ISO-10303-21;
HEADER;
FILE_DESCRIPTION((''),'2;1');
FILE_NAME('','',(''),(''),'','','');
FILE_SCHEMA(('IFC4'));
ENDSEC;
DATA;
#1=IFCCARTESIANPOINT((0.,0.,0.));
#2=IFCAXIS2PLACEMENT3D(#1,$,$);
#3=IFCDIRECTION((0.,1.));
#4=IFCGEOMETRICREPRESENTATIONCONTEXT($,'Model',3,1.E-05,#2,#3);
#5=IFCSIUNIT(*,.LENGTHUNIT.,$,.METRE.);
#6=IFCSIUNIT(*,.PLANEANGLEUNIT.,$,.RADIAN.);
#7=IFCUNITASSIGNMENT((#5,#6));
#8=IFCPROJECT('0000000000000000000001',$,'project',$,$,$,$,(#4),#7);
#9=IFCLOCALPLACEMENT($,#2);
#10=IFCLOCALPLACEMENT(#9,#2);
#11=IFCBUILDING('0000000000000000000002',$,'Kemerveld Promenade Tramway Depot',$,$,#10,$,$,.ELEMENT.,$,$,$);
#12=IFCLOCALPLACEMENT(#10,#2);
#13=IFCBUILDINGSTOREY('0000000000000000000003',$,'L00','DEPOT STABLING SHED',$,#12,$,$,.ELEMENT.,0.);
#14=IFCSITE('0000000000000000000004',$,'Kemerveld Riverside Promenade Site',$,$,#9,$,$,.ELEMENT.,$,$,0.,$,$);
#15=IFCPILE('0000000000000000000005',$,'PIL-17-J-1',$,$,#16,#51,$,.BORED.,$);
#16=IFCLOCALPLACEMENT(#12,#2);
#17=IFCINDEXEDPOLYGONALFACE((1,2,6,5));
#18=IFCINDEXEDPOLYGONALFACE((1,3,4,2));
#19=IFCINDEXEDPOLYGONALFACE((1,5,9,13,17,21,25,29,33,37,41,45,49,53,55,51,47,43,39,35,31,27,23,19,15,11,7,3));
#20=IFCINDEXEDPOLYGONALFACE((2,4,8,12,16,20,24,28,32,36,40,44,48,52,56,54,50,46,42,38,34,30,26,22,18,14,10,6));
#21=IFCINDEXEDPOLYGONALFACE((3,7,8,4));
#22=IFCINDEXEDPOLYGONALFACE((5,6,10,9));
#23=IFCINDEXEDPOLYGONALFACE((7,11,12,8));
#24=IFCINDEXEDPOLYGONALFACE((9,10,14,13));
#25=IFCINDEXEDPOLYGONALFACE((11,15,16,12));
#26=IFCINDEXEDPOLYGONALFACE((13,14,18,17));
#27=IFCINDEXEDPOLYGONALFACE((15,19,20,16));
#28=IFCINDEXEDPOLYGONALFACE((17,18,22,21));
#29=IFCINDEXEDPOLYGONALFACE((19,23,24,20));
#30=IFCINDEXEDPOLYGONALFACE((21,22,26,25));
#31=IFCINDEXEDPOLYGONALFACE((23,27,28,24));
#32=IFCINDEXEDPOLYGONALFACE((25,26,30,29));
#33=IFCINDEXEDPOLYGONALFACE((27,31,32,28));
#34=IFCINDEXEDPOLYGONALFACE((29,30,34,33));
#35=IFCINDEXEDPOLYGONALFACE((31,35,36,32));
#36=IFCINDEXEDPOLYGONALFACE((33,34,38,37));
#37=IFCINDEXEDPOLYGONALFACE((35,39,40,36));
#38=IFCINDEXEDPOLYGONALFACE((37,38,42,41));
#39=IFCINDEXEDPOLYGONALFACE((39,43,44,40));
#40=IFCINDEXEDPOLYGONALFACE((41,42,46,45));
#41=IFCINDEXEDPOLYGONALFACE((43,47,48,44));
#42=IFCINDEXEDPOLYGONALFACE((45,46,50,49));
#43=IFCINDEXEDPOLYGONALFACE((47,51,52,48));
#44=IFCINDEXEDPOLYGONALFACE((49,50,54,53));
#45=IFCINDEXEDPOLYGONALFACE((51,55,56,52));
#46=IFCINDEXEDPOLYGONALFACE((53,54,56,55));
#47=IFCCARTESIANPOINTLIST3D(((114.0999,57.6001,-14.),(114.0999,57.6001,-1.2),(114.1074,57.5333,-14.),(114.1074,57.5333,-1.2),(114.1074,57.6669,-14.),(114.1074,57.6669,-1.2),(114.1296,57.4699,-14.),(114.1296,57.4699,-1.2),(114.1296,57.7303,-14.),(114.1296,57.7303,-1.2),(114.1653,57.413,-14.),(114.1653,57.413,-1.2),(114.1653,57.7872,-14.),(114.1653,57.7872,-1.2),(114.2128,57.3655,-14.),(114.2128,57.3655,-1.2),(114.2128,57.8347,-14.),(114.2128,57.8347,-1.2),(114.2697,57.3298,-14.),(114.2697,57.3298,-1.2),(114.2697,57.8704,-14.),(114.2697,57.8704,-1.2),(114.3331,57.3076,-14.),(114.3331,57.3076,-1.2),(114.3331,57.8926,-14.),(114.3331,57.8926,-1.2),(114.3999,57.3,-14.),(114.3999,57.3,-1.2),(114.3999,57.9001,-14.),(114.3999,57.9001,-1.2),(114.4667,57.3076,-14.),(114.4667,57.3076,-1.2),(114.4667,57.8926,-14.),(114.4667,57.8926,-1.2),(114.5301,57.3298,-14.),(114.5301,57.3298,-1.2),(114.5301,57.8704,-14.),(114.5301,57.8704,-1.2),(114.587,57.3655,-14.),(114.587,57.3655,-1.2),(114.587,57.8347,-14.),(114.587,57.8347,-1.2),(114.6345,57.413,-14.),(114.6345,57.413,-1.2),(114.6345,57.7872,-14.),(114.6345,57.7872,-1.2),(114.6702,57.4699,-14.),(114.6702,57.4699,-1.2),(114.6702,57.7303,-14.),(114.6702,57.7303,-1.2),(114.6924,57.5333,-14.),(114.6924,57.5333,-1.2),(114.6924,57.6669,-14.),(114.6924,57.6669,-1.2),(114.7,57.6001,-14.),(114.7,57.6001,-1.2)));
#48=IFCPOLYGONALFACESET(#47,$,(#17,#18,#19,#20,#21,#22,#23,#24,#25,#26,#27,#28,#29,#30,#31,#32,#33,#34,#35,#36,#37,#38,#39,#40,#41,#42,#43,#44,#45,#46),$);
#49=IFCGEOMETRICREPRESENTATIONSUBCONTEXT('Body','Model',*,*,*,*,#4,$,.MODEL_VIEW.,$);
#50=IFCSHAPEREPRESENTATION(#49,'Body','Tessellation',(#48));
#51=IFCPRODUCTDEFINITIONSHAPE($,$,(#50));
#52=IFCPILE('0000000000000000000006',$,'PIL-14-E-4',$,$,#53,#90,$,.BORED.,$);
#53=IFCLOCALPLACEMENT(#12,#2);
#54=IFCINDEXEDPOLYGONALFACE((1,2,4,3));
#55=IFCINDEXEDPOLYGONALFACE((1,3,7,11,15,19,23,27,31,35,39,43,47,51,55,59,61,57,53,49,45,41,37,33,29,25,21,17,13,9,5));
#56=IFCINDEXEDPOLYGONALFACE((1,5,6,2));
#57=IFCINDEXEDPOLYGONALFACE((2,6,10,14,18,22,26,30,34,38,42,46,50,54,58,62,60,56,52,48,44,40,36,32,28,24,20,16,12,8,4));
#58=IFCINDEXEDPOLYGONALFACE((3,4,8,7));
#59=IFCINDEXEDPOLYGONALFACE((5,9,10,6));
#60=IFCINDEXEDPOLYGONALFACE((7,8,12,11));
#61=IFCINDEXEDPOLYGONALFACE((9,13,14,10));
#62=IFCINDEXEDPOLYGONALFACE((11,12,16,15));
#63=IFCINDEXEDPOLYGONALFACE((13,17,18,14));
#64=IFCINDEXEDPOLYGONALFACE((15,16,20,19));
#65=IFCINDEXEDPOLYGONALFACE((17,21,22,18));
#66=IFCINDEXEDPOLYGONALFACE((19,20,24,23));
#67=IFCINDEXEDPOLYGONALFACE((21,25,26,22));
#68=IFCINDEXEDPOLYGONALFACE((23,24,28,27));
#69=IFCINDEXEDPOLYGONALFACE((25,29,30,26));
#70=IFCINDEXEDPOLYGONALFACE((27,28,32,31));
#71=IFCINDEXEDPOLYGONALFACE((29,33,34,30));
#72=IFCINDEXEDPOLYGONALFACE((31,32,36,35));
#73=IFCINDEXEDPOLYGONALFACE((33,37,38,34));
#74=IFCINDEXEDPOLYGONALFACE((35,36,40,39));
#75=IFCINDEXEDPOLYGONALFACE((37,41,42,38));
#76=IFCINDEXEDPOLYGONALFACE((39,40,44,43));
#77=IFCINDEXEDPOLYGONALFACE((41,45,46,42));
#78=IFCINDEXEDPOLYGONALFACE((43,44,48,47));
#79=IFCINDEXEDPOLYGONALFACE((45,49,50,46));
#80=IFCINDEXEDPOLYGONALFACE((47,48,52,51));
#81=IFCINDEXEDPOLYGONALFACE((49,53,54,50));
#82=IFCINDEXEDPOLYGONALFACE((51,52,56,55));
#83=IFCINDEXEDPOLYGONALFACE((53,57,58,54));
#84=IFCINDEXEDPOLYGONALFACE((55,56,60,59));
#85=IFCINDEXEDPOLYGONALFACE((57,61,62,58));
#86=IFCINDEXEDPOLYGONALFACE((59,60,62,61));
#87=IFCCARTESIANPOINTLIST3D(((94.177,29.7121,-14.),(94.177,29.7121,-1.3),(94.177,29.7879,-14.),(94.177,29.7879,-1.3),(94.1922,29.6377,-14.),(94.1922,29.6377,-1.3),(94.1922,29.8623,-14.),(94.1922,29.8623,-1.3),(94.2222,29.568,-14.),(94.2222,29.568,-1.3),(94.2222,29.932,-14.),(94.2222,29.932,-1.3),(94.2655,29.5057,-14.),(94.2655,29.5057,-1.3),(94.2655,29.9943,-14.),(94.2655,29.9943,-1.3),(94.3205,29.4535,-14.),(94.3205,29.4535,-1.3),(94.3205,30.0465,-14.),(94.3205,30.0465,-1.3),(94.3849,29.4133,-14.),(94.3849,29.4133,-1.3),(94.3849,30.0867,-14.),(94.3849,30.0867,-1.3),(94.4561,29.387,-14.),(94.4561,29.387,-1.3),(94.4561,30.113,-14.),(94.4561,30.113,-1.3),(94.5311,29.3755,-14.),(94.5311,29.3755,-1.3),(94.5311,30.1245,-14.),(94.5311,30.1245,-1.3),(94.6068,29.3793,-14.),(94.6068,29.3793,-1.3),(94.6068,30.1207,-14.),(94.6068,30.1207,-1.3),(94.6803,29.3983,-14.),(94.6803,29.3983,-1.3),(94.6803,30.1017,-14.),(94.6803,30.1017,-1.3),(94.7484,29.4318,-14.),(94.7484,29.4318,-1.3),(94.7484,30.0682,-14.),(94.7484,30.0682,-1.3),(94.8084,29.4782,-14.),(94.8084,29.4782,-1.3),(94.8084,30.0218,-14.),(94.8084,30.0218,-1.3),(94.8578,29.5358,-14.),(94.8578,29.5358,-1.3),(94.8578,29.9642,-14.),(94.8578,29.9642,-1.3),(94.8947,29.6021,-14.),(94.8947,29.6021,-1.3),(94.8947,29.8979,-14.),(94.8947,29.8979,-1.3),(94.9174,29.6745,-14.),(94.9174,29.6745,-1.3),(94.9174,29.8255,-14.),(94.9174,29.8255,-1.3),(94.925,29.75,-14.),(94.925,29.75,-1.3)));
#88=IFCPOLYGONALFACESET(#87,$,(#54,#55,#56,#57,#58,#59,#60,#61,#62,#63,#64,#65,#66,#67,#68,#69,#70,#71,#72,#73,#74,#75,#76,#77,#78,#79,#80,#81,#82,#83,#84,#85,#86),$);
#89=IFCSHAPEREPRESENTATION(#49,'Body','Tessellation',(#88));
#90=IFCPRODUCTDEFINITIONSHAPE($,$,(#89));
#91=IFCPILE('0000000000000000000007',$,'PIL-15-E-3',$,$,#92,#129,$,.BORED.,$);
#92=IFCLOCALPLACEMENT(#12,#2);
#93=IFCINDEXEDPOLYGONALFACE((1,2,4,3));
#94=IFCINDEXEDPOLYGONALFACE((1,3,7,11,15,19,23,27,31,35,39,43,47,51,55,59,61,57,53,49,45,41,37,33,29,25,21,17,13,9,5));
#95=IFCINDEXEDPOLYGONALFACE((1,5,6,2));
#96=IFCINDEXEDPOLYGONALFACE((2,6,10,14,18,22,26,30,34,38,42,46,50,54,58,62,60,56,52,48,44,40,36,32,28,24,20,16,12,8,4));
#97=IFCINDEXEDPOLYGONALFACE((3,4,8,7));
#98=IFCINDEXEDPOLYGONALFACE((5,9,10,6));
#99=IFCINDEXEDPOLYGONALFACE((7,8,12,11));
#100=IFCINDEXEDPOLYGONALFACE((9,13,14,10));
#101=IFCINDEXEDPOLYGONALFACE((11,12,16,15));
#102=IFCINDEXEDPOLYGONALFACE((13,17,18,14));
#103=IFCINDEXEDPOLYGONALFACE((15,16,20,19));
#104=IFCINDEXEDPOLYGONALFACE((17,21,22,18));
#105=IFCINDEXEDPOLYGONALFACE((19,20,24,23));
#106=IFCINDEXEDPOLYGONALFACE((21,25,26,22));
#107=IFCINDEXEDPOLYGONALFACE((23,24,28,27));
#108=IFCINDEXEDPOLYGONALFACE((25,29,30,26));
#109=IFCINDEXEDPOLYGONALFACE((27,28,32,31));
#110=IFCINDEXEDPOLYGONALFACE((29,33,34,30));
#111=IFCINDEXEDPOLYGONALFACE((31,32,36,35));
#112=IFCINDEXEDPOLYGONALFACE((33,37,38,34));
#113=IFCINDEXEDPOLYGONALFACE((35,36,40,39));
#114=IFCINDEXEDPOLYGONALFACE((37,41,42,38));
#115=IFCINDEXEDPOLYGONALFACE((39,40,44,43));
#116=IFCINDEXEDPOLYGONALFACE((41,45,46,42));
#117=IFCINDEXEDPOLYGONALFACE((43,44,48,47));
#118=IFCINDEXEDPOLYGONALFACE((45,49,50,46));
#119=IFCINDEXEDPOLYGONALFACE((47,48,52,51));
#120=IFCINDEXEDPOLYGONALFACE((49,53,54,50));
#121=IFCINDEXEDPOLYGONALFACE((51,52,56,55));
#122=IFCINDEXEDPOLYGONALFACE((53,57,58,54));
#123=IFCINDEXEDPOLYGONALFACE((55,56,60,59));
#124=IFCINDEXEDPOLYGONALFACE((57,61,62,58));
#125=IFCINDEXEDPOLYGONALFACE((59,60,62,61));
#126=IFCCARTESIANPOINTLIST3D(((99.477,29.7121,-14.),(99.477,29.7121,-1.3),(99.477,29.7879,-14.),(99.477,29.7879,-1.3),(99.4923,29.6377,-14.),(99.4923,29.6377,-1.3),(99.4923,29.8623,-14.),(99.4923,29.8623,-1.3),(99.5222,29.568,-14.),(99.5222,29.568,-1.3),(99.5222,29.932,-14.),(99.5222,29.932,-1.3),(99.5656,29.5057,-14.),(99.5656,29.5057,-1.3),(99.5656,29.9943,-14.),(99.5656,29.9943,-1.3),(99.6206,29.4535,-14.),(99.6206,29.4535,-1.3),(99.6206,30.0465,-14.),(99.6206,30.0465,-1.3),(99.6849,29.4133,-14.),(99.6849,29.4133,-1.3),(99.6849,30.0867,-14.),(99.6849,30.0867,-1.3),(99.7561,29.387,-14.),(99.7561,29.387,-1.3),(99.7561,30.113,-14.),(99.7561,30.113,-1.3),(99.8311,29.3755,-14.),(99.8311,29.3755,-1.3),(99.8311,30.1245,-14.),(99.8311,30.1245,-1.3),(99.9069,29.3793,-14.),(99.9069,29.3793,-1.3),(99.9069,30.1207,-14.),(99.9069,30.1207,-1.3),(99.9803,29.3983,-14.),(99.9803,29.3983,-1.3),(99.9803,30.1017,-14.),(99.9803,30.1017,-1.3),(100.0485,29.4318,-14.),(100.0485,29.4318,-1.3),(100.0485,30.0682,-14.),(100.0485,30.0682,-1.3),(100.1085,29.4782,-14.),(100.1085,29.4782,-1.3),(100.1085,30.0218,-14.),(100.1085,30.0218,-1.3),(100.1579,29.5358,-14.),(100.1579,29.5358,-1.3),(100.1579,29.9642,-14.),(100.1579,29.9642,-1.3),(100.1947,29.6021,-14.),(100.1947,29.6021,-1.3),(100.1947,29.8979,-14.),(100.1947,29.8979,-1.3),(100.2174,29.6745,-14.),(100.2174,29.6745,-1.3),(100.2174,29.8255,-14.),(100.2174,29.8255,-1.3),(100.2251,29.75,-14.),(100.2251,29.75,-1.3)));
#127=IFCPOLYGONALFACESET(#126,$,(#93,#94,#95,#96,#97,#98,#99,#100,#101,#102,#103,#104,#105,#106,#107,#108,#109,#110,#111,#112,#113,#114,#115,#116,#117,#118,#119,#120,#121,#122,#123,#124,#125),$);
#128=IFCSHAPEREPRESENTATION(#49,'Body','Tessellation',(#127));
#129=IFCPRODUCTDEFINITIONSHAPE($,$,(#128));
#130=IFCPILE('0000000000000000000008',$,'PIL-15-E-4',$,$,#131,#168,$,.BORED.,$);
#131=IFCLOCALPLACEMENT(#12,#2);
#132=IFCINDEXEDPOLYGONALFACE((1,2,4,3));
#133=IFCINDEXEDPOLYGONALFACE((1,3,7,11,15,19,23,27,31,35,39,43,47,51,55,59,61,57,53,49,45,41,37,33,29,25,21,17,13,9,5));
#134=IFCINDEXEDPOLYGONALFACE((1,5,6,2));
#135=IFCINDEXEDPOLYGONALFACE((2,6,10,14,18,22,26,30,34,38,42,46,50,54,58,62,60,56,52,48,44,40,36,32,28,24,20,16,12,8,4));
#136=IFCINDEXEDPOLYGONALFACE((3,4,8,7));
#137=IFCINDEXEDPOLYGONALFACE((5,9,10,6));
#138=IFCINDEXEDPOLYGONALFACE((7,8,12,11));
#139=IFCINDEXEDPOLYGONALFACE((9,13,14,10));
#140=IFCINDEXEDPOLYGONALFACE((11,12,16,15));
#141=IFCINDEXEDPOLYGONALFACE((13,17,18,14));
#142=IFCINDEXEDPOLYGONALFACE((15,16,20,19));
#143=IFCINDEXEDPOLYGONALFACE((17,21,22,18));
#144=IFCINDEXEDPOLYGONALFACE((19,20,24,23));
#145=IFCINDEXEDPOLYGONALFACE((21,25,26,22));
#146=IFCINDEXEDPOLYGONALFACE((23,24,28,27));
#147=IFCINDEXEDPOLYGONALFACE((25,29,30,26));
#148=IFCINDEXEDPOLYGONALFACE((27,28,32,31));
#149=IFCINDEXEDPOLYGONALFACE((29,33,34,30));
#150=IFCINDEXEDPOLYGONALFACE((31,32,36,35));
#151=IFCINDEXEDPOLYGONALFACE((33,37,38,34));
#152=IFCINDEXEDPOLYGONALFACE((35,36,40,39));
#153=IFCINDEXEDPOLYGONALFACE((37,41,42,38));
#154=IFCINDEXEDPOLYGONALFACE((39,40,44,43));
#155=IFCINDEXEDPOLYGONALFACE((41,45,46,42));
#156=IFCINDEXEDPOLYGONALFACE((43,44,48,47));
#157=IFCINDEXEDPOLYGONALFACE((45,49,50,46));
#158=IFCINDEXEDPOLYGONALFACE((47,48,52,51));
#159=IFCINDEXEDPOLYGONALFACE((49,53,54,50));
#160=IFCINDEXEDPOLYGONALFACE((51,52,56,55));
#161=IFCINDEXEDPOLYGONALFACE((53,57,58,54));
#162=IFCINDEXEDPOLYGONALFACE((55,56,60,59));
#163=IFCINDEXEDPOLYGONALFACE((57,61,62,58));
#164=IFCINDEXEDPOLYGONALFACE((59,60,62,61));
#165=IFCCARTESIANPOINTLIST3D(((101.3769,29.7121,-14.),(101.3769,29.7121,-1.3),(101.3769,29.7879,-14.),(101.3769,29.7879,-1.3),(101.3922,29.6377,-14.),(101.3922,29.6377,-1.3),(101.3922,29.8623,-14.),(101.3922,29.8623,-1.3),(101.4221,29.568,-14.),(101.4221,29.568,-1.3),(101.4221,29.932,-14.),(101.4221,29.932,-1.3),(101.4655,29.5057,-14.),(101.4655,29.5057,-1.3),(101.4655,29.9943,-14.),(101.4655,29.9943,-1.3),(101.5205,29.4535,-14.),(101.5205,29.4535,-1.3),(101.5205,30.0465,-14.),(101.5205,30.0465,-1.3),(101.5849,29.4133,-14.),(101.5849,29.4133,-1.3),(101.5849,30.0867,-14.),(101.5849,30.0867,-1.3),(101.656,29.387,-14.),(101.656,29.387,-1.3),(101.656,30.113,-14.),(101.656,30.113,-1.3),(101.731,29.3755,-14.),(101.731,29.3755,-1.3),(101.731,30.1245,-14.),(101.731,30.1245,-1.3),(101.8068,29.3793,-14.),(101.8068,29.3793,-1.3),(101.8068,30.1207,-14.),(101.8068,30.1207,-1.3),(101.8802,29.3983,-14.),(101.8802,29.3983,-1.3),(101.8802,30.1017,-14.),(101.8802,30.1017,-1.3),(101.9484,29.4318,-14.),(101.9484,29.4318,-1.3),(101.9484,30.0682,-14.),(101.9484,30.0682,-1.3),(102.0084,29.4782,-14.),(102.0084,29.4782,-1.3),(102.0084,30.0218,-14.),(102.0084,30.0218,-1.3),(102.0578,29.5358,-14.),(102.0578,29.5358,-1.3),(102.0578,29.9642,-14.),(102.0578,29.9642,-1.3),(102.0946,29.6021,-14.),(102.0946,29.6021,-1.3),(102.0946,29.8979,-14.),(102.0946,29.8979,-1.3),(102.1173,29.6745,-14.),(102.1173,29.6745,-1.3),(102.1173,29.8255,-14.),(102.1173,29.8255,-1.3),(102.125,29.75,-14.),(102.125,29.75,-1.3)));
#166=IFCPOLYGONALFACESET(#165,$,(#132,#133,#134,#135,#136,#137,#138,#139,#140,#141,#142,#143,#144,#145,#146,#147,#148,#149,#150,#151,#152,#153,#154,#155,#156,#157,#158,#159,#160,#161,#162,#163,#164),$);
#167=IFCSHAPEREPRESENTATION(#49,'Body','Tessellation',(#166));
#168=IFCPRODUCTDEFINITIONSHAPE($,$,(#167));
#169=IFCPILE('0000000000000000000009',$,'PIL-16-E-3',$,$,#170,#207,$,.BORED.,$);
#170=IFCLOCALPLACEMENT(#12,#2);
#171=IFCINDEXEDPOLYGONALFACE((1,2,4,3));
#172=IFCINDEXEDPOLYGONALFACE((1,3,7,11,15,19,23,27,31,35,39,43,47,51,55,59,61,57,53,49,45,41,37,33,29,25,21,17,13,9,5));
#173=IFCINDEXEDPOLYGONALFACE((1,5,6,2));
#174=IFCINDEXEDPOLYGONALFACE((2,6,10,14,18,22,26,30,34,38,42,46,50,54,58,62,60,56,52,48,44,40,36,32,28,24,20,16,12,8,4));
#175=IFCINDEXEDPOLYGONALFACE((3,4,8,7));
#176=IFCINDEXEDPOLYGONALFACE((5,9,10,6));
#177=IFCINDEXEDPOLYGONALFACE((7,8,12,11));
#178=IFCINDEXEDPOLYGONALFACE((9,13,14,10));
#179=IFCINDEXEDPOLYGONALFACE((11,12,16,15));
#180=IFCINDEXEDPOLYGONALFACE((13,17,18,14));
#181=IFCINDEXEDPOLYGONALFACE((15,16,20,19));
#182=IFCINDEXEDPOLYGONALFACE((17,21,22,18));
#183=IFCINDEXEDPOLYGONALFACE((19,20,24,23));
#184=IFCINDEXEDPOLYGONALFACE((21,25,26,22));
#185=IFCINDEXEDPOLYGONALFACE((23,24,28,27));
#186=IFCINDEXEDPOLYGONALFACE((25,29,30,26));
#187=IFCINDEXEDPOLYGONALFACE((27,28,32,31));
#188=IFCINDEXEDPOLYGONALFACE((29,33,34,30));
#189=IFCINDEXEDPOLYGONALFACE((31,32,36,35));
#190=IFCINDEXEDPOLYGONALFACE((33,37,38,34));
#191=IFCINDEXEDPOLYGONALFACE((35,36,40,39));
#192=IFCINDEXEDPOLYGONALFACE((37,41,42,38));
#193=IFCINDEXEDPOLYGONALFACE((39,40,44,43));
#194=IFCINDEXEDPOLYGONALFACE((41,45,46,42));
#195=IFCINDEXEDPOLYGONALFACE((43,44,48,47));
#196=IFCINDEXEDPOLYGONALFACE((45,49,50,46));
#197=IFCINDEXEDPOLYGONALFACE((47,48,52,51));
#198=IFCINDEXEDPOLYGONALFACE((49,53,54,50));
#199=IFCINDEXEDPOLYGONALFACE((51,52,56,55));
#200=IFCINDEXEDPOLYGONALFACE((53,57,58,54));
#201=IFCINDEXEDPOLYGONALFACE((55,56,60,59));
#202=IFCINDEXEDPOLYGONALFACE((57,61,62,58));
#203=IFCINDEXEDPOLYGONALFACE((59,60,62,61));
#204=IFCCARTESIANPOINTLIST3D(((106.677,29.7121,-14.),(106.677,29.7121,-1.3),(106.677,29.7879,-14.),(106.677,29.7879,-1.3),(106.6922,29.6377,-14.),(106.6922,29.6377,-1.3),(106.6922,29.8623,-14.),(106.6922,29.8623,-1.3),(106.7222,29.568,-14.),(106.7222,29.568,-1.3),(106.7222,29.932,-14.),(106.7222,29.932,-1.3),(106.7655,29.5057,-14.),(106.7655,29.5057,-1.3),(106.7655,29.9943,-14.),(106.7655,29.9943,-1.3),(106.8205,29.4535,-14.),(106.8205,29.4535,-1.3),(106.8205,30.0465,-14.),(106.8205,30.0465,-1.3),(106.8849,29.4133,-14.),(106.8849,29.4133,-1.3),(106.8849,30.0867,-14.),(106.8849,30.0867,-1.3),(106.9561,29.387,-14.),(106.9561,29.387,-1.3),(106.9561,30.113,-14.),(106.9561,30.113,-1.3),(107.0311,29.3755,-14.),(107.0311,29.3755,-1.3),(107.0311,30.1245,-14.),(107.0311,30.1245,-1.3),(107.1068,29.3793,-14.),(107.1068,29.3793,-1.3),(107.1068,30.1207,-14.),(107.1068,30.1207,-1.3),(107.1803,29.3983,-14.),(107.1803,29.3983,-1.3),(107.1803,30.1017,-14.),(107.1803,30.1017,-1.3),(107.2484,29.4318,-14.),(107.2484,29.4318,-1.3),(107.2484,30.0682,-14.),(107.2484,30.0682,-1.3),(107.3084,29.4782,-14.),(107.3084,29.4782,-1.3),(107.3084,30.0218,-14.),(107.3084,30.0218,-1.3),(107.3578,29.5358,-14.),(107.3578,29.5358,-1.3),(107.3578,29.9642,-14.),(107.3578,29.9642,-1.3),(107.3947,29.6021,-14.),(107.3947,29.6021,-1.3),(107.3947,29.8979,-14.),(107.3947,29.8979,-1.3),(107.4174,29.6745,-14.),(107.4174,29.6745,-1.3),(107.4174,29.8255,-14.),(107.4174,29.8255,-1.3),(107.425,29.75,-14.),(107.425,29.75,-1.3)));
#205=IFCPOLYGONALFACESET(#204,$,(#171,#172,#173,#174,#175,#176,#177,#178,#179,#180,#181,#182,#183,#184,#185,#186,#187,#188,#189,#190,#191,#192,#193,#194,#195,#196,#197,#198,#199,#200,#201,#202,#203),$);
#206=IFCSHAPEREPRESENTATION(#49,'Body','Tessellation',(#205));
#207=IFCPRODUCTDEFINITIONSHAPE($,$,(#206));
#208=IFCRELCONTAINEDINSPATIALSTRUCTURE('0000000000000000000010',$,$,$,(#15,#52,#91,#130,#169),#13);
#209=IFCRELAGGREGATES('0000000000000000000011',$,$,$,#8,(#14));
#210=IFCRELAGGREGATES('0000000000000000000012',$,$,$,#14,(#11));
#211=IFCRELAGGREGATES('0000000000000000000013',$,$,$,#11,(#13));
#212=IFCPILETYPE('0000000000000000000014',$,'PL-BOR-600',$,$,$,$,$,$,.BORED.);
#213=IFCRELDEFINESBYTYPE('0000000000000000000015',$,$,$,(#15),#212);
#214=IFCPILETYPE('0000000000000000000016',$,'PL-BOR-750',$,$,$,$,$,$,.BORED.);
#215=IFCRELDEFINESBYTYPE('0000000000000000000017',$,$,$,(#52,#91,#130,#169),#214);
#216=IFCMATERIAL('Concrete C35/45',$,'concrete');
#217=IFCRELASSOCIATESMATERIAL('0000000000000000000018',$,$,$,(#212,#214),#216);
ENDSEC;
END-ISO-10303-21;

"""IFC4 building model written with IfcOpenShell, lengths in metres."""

from ifc_helpers import new_model, si_unit, direction, frame, origin, origin_2d, place, context, subcontext, project, spatial, circle, extrude, material, material_profile, profile_set, type_object, element, save


model = new_model("IFC4")

# Units and contexts
model_context = context("Model", 3, precision=1e-05, world=origin(), true_north=direction((0.0, 1.0)))
body_context = subcontext(model_context, "Body", "Model", "MODEL_VIEW")
ifc_project = project(units=[si_unit("LENGTHUNIT", "METRE"), si_unit("PLANEANGLEUNIT", "RADIAN")], contexts=[model_context])

# Site, building, storey
site_placement = place(None, origin())
site = spatial("IfcSite", under=ifc_project, at=site_placement, Name="Kemerveld Riverside Promenade Site", CompositionType="ELEMENT", RefElevation=0.0)
building_placement = place(site_placement, origin())
building = spatial("IfcBuilding", under=site, at=building_placement, Name="Kemerveld Promenade Tramway Depot", CompositionType="ELEMENT")
storey_placement = place(building_placement, origin())
storey = spatial("IfcBuildingStorey", under=building, at=storey_placement, Name="L00", Description="DEPOT STABLING SHED", CompositionType="ELEMENT", Elevation=0.0)

# Shared definitions
ifc_material_1 = material(Name="Concrete C35/45", Category="concrete")

# Piles
ifc_material_profile_1 = material_profile(ifc_material_1, circle(Radius=0.3, at=origin_2d()), Name="PILE-D600")
ifc_profile_set_1 = profile_set([ifc_material_profile_1], Name="Concrete C35/45")
pile_type_1 = type_object("IfcPileType", Name="PL-BOR-600", PredefinedType="BORED", material=ifc_profile_set_1)
for number, where, z_axis, x_axis, name in (
    (1, (114.3999, 57.6001, -1.2), (0.0, 0.0, -1.0), (1.0, 0.0, 0.0), "PIL-17-J-1"),
):
    element("IfcPile", number, at=place(storey_placement, frame(where, z_axis=z_axis, x_axis=x_axis)), inside=storey, type_object=pile_type_1, Name=name, PredefinedType="BORED", context=body_context, shape_type="SweptSolid", body=[
        extrude(circle(Radius=0.3, at=origin_2d()), origin(), (0.0, 0.0, 1.0), 12.8),
    ])
ifc_material_profile_2 = material_profile(ifc_material_1, circle(Radius=0.375, at=origin_2d()), Name="PILE-D750")
ifc_profile_set_2 = profile_set([ifc_material_profile_2], Name="Concrete C35/45")
pile_type_2 = type_object("IfcPileType", Name="PL-BOR-750", PredefinedType="BORED", material=ifc_profile_set_2)
for number, where, z_axis, x_axis, name in (
    (2, (94.55, 29.75, -1.3), (0.0, 0.0, -1.0), (1.0, 0.0, 0.0), "PIL-14-E-4"),
    (3, (99.8501, 29.75, -1.3), (0.0, 0.0, -1.0), (1.0, 0.0, 0.0), "PIL-15-E-3"),
    (4, (101.75, 29.75, -1.3), (0.0, 0.0, -1.0), (1.0, 0.0, 0.0), "PIL-15-E-4"),
    (5, (107.05, 29.75, -1.3), (0.0, 0.0, -1.0), (1.0, 0.0, 0.0), "PIL-16-E-3"),
):
    element("IfcPile", number, at=place(storey_placement, frame(where, z_axis=z_axis, x_axis=x_axis)), inside=storey, type_object=pile_type_2, Name=name, PredefinedType="BORED", context=body_context, shape_type="SweptSolid", body=[
        extrude(circle(Radius=0.375, at=origin_2d()), origin(), (0.0, 0.0, 1.0), 12.7),
    ])

save(model, "model.ifc")
